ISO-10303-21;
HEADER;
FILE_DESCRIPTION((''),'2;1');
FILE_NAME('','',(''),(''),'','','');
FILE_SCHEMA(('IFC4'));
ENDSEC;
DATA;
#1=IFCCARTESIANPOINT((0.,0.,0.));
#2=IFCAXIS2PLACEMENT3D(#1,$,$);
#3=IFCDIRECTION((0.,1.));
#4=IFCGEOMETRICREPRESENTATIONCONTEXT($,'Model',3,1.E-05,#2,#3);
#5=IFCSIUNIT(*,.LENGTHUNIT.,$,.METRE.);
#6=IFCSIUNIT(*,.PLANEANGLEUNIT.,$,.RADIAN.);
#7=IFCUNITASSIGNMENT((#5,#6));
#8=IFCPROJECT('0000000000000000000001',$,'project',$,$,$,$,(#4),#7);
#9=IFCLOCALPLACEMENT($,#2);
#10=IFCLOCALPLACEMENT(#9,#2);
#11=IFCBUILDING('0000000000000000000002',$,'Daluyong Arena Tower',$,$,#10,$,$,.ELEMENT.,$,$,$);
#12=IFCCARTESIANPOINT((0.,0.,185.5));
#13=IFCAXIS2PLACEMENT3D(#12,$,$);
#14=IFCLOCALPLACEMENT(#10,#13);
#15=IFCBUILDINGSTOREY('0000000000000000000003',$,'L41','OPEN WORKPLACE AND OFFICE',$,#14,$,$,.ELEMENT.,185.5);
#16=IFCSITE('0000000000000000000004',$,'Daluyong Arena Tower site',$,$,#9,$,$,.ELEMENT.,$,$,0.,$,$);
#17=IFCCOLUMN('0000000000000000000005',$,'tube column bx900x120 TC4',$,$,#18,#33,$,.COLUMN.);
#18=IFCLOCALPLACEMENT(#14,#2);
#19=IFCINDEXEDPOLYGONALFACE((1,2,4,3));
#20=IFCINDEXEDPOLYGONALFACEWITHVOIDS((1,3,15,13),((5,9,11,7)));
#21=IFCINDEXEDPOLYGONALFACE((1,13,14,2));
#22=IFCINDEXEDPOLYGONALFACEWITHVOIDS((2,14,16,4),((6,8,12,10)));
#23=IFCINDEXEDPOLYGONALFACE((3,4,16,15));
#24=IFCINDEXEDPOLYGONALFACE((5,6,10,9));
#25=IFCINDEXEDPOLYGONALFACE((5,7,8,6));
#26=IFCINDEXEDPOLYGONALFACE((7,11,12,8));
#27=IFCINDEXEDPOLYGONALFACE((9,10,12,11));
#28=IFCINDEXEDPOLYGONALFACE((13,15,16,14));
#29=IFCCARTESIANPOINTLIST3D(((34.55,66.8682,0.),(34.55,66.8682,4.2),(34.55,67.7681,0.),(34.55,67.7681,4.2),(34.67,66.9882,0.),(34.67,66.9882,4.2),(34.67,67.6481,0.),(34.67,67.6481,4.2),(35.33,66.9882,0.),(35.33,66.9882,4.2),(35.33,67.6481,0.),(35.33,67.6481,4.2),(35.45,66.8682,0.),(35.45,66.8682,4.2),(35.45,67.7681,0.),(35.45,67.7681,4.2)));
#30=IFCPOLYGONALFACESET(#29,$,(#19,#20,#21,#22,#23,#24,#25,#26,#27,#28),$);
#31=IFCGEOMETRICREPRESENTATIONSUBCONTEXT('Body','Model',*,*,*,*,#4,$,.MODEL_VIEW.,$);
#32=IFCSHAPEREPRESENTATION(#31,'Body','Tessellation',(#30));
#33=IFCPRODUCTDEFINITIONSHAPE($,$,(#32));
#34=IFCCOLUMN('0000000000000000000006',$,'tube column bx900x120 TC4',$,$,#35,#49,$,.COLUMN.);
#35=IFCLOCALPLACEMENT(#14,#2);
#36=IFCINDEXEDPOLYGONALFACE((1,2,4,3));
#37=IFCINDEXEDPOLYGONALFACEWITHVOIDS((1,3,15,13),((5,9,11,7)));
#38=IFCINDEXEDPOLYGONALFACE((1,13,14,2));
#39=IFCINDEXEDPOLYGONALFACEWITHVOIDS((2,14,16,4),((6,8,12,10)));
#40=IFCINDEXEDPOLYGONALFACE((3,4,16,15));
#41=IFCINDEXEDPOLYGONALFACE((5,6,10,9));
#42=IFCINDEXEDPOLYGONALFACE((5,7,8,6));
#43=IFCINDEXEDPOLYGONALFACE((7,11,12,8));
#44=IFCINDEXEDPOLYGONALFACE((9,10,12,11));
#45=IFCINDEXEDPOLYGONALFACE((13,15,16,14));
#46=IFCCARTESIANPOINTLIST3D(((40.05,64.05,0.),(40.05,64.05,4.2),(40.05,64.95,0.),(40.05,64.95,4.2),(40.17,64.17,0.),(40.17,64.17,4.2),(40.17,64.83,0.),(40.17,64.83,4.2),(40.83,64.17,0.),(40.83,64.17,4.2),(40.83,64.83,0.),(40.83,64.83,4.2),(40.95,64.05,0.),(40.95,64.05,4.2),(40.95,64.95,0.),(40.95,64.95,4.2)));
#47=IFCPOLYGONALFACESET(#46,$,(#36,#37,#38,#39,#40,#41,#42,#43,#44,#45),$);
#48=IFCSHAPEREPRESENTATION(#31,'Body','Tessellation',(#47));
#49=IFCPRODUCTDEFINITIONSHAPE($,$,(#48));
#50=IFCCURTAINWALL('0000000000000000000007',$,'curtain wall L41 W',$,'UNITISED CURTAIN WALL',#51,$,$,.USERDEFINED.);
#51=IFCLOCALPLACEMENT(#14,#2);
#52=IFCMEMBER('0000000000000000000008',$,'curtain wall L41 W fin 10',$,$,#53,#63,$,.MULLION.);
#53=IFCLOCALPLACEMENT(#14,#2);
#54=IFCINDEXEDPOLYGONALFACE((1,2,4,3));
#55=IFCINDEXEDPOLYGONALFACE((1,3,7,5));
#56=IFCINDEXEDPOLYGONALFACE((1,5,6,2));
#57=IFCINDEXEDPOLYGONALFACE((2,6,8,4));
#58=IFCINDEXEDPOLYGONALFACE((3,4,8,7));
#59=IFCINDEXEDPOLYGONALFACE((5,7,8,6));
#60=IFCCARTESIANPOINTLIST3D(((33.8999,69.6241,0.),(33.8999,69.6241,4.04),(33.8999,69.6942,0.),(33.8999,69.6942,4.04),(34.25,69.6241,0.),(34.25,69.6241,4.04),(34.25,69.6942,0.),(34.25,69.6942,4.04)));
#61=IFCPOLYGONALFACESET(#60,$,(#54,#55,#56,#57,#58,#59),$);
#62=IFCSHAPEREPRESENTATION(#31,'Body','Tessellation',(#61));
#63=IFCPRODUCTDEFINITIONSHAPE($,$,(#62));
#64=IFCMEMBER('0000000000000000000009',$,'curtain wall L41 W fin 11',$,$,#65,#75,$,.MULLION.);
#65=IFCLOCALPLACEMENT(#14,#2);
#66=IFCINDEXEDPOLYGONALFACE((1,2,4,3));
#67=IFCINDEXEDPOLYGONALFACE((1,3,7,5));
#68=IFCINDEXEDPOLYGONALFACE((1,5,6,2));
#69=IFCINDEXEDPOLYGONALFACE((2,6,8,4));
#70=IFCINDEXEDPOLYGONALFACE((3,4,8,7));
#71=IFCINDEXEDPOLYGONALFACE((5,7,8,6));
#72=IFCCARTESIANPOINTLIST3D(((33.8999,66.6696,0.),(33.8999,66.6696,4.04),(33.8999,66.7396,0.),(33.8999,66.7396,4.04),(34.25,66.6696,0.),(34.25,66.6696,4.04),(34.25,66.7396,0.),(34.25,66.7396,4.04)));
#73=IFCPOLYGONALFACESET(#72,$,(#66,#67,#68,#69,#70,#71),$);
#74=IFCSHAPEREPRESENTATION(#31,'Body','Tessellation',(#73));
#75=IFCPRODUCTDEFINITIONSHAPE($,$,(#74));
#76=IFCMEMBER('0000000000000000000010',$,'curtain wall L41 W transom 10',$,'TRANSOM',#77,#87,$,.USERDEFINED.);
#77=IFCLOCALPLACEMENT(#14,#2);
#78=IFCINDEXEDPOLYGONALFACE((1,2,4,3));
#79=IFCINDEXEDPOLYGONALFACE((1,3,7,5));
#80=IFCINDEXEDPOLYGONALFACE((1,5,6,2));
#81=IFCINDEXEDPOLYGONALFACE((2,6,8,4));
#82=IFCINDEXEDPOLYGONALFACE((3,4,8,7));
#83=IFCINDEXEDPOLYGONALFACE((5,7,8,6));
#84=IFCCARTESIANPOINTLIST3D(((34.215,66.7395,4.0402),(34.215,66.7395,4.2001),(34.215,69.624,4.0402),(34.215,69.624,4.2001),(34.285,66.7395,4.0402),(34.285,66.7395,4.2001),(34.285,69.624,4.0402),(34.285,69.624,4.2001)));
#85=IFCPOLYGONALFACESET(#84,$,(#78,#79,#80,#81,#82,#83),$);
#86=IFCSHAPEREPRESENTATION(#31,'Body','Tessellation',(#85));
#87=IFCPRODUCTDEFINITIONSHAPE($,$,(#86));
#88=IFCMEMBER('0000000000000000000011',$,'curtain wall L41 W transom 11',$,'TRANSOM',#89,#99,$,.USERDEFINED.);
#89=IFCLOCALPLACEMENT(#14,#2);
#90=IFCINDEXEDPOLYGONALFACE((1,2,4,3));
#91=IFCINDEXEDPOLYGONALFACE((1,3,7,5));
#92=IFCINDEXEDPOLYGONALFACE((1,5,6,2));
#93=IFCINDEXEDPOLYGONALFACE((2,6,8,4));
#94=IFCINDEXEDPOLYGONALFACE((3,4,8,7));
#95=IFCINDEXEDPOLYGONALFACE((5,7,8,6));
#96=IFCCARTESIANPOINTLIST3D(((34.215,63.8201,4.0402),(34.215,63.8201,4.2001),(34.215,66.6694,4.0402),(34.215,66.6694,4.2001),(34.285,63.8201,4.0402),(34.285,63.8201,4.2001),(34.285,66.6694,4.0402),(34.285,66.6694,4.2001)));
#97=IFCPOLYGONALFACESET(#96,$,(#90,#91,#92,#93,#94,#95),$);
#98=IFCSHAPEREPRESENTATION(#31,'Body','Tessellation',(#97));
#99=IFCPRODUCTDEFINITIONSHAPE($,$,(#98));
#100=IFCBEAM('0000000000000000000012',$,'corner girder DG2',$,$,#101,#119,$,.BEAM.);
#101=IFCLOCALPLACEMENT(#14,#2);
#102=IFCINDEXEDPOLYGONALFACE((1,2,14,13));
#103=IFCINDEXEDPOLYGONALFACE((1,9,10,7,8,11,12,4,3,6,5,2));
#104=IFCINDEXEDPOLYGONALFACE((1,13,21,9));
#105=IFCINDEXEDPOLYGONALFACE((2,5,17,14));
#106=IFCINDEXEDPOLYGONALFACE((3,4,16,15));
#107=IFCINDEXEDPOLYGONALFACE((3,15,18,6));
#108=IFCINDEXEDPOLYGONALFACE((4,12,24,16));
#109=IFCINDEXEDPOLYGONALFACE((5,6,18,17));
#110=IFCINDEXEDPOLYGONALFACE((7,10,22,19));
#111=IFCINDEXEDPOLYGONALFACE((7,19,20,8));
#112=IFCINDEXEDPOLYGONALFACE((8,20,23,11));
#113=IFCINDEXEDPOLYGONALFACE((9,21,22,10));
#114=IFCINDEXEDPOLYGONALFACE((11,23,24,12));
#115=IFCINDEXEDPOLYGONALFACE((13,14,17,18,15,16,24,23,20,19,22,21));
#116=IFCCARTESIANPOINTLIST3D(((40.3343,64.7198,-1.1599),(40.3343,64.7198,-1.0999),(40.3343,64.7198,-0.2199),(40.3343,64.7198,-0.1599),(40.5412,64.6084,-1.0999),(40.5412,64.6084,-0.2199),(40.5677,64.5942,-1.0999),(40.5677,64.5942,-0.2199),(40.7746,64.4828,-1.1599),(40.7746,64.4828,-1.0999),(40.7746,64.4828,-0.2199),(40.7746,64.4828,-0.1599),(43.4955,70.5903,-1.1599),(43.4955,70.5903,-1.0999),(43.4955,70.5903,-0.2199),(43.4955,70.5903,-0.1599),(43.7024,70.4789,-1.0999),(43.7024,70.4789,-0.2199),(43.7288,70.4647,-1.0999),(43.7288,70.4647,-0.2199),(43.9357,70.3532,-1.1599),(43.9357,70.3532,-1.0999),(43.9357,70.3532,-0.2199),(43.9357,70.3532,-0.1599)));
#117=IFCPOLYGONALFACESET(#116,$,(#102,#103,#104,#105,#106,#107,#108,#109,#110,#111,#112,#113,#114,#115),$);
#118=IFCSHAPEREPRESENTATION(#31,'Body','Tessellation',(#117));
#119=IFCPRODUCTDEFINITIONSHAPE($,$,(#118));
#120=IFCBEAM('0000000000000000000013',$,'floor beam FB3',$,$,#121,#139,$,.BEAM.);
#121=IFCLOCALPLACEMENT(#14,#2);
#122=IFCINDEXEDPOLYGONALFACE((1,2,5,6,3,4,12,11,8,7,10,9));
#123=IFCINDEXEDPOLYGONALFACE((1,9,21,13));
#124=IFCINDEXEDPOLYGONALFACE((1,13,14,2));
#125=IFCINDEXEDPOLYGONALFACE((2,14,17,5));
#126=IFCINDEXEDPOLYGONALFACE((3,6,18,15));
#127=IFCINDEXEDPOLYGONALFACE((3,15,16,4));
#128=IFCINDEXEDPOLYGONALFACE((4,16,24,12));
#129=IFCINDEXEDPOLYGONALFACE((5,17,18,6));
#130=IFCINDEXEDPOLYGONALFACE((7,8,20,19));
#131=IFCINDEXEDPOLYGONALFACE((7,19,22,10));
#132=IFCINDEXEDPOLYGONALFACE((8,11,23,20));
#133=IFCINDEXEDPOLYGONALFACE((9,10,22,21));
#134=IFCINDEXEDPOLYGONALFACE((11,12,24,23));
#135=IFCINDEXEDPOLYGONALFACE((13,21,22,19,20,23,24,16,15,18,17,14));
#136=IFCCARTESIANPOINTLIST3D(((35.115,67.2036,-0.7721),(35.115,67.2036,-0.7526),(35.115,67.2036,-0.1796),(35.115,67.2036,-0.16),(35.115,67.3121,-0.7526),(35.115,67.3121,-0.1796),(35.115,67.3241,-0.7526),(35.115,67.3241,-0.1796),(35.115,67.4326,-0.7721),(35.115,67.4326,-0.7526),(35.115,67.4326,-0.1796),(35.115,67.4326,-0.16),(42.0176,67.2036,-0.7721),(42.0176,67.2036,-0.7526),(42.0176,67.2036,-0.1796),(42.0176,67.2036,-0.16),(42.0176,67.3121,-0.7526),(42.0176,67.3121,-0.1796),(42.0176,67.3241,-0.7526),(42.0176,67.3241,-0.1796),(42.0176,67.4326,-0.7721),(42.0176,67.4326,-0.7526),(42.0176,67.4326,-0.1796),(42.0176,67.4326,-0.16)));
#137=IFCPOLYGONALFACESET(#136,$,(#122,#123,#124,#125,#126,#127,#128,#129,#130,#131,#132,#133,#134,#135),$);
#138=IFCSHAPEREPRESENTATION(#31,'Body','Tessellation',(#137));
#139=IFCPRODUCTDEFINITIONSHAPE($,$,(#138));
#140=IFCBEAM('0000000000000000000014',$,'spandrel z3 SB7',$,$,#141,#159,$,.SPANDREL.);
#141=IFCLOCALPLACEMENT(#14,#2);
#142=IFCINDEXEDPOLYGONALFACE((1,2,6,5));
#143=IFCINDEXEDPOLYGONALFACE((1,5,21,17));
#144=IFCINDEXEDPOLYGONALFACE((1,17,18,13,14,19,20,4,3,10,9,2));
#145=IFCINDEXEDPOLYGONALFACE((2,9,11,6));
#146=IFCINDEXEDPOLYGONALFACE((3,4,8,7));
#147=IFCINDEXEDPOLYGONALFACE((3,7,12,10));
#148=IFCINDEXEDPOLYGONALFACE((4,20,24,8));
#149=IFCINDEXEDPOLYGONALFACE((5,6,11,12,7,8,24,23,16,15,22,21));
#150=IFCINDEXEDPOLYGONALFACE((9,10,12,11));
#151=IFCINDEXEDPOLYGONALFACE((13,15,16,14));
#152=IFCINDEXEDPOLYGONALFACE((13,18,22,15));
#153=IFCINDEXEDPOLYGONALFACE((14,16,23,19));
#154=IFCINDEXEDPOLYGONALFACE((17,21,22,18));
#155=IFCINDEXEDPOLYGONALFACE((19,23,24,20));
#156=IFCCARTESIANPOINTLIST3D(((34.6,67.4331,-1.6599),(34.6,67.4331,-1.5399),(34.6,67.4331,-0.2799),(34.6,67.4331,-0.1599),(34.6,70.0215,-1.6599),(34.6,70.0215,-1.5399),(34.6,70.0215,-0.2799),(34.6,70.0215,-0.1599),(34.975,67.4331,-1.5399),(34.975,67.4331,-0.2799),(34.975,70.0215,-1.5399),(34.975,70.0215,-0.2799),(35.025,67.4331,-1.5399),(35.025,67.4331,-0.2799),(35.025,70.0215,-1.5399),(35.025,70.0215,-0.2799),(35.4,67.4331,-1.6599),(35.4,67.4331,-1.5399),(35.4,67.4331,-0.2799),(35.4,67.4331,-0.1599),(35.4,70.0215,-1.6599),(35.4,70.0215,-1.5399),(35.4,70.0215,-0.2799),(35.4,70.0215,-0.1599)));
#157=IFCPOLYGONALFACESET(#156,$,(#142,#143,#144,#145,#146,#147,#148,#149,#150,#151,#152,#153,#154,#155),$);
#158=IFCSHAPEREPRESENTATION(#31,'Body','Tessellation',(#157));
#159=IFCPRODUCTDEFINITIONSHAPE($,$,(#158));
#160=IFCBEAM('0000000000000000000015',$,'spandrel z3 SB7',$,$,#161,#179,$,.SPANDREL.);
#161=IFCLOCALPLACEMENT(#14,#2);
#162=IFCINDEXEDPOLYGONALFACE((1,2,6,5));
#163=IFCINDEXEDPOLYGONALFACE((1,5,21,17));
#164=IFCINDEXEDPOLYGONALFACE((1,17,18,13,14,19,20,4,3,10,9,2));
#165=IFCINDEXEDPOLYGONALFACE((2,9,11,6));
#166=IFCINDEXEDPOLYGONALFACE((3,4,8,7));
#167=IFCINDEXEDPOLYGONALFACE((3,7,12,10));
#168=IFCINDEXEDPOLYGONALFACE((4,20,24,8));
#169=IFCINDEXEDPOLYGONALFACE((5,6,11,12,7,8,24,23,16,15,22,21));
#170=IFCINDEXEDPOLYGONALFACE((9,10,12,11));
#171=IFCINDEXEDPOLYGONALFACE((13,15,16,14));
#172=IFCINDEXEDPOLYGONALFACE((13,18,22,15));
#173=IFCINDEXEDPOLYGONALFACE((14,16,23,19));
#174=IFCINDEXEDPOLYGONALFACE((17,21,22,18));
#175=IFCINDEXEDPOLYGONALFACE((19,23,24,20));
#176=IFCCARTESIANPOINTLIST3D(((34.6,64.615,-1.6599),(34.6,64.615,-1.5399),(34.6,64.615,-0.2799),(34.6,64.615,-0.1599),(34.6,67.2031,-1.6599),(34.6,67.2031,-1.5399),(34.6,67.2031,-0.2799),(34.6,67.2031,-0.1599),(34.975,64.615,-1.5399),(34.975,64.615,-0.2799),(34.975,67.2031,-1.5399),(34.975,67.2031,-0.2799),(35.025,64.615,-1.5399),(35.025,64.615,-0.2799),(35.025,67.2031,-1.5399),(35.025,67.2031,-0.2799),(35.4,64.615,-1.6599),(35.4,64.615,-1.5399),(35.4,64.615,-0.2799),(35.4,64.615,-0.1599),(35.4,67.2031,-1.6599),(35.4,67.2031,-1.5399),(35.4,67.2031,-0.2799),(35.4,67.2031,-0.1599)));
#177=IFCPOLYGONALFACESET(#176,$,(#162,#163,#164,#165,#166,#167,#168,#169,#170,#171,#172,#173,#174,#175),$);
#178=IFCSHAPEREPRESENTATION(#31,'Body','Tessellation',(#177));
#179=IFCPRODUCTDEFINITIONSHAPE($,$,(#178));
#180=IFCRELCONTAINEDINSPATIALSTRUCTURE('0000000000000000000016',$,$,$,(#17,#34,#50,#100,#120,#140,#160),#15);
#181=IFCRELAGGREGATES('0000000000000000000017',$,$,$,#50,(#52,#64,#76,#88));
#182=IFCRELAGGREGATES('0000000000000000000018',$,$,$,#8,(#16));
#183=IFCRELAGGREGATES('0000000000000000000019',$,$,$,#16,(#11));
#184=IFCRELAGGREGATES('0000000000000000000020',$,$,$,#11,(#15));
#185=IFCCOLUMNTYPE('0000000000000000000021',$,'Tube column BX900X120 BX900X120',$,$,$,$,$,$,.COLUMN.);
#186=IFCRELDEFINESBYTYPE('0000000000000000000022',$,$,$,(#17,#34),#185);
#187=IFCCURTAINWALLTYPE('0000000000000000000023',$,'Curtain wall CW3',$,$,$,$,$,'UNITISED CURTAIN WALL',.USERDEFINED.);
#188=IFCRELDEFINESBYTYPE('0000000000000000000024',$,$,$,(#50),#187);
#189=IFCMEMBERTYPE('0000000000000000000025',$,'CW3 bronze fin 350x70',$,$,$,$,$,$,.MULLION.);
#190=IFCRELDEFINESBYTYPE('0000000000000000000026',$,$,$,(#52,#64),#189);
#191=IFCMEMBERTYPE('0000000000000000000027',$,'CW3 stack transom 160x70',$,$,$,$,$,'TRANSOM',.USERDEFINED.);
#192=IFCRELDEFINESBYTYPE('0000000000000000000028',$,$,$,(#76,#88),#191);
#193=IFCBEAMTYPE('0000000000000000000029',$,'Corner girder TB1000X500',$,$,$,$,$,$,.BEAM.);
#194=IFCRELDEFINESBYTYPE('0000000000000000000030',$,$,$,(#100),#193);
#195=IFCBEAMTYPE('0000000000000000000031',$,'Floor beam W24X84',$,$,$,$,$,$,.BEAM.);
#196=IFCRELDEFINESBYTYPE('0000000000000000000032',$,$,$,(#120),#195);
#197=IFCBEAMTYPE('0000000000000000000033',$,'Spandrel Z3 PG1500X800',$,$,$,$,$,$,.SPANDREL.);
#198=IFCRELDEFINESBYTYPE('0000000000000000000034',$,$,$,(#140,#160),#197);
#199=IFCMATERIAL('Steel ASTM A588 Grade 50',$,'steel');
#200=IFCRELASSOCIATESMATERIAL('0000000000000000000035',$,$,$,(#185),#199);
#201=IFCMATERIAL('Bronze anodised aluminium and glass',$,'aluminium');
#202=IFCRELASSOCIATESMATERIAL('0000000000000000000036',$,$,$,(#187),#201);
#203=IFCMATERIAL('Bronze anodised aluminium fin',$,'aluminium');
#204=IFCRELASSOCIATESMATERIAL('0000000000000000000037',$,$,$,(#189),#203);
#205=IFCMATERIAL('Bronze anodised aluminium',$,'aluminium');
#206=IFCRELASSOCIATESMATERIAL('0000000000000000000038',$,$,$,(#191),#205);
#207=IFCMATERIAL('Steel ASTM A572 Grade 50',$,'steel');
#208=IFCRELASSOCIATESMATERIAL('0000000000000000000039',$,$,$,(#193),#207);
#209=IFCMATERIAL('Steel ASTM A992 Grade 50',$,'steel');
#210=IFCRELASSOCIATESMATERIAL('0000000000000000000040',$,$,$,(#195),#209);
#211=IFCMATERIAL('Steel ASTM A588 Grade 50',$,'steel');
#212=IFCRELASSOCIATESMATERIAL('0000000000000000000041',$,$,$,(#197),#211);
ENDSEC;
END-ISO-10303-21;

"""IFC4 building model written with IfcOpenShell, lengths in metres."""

from ifc_helpers import new_model, si_unit, direction, frame, origin, origin_2d, place, context, subcontext, project, spatial, rectangle, hollow_rectangle, i_section, extrude, material, material_profile, profile_set, type_object, element, aggregate, save


model = new_model("IFC4")

# Units and contexts
model_context = context("Model", 3, precision=1e-05, world=origin(), true_north=direction((0.0, 1.0)))
body_context = subcontext(model_context, "Body", "Model", "MODEL_VIEW")
ifc_project = project(units=[si_unit("LENGTHUNIT", "METRE"), si_unit("PLANEANGLEUNIT", "RADIAN")], contexts=[model_context])

# Site, building, storey
site_placement = place(None, origin())
site = spatial("IfcSite", under=ifc_project, at=site_placement, Name="Daluyong Arena Tower site", CompositionType="ELEMENT", RefElevation=0.0)
building_placement = place(site_placement, origin())
building = spatial("IfcBuilding", under=site, at=building_placement, Name="Daluyong Arena Tower", CompositionType="ELEMENT")
storey_placement = place(building_placement, frame((0.0, 0.0, 185.5)))
storey = spatial("IfcBuildingStorey", under=building, at=storey_placement, Name="L41", Description="OPEN WORKPLACE AND OFFICE", CompositionType="ELEMENT", Elevation=185.5)

# Columns
ifc_material_1 = material(Name="Steel ASTM A588 Grade 50", Category="steel")
ifc_material_profile_1 = material_profile(ifc_material_1, hollow_rectangle(XDim=0.8999, YDim=0.8999, WallThickness=0.12, at=origin_2d()))
ifc_profile_set_1 = profile_set([ifc_material_profile_1], Name="Steel ASTM A588 Grade 50")
column_type = type_object("IfcColumnType", Name="Tube column BX900X120 BX900X120", PredefinedType="COLUMN", material=ifc_profile_set_1)
for number, where, z_axis, x_axis, name in (
    (1, (35.0, 67.3181, 0.0), (0.0, 0.0, 1.0), (0.0, 1.0, 0.0), "tube column bx900x120 TC4"),
    (2, (40.5, 64.5, 0.0), (0.0, 0.0, 1.0), (0.0, 1.0, 0.0), "tube column bx900x120 TC4"),
):
    element("IfcColumn", number, at=place(storey_placement, frame(where, z_axis=z_axis, x_axis=x_axis)), inside=storey, type_object=column_type, Name=name, PredefinedType="COLUMN", context=body_context, shape_type="SweptSolid", body=[
        extrude(hollow_rectangle(XDim=0.8999, YDim=0.8999, WallThickness=0.12, at=origin_2d()), origin(), (0.0, 0.0, 1.0), 4.2),
    ])

# Curtain wall, members
ifc_material_2 = material(Name="Bronze anodised aluminium and glass", Category="aluminium")
curtain_wall_type = type_object("IfcCurtainWallType", Name="Curtain wall CW3", ElementType="UNITISED CURTAIN WALL", PredefinedType="USERDEFINED", material=ifc_material_2)
curtain_wall_placement = place(storey_placement, origin())
curtain_wall = element("IfcCurtainWall", 3, at=curtain_wall_placement, inside=storey, type_object=curtain_wall_type, Name="curtain wall L41 W", ObjectType="UNITISED CURTAIN WALL", PredefinedType="USERDEFINED")
ifc_material_3 = material(Name="Bronze anodised aluminium fin", Category="aluminium")
ifc_material_profile_2 = material_profile(ifc_material_3, rectangle(XDim=0.3501, YDim=0.0701, at=origin_2d()))
ifc_profile_set_2 = profile_set([ifc_material_profile_2], Name="Bronze anodised aluminium fin")
member_type_1 = type_object("IfcMemberType", Name="CW3 bronze fin 350x70", PredefinedType="MULLION", material=ifc_profile_set_2)
member_1_placement = place(storey_placement, frame((34.075, 69.6592, 0.0), z_axis=(0.0, 0.0, 1.0), x_axis=(1.0, 0.0, 0.0)))
member_1 = element("IfcMember", 4, at=member_1_placement, type_object=member_type_1, Name="curtain wall L41 W fin 10", PredefinedType="MULLION", context=body_context, shape_type="SweptSolid", body=[
    extrude(rectangle(XDim=0.3501, YDim=0.0701, at=origin_2d()), origin(), (0.0, 0.0, 1.0), 4.04),
])
member_2_placement = place(storey_placement, frame((34.075, 66.7046, 0.0), z_axis=(0.0, 0.0, 1.0), x_axis=(1.0, 0.0, 0.0)))
member_2 = element("IfcMember", 5, at=member_2_placement, type_object=member_type_1, Name="curtain wall L41 W fin 11", PredefinedType="MULLION", context=body_context, shape_type="SweptSolid", body=[
    extrude(rectangle(XDim=0.3501, YDim=0.0701, at=origin_2d()), origin(), (0.0, 0.0, 1.0), 4.04),
])
ifc_material_4 = material(Name="Bronze anodised aluminium", Category="aluminium")
ifc_material_profile_3 = material_profile(ifc_material_4, rectangle(XDim=0.0701, YDim=0.1599, at=origin_2d()))
ifc_profile_set_3 = profile_set([ifc_material_profile_3], Name="Bronze anodised aluminium")
member_type_2 = type_object("IfcMemberType", Name="CW3 stack transom 160x70", ElementType="TRANSOM", PredefinedType="USERDEFINED", material=ifc_profile_set_3)
member_3_placement = place(storey_placement, frame((34.25, 69.624, 4.1201), z_axis=(0.0, -1.0, 0.0), x_axis=(1.0, 0.0, 0.0)))
member_3 = element("IfcMember", 6, at=member_3_placement, type_object=member_type_2, Name="curtain wall L41 W transom 10", ObjectType="TRANSOM", PredefinedType="USERDEFINED", context=body_context, shape_type="SweptSolid", body=[
    extrude(rectangle(XDim=0.0701, YDim=0.1599, at=origin_2d()), origin(), (0.0, 0.0, 1.0), 2.8845),
])
member_4_placement = place(storey_placement, frame((34.25, 66.6694, 4.1201), z_axis=(0.0, -1.0, 0.0), x_axis=(1.0, 0.0, 0.0)))
member_4 = element("IfcMember", 7, at=member_4_placement, type_object=member_type_2, Name="curtain wall L41 W transom 11", ObjectType="TRANSOM", PredefinedType="USERDEFINED", context=body_context, shape_type="SweptSolid", body=[
    extrude(rectangle(XDim=0.0701, YDim=0.1599, at=origin_2d()), origin(), (0.0, 0.0, 1.0), 2.8494),
])

# Beams
ifc_material_5 = material(Name="Steel ASTM A572 Grade 50", Category="steel")
ifc_material_profile_4 = material_profile(ifc_material_5, i_section(OverallWidth=0.5, OverallDepth=1.0, WebThickness=0.03, FlangeThickness=0.06, at=origin_2d()))
ifc_profile_set_4 = profile_set([ifc_material_profile_4], Name="Steel ASTM A572 Grade 50")
beam_type_1 = type_object("IfcBeamType", Name="Corner girder TB1000X500", PredefinedType="BEAM", material=ifc_profile_set_4)
beam_1_placement = place(storey_placement, frame((40.5544, 64.6013, -0.6599), z_axis=(0.474119, 0.880461, 0.0), x_axis=(-0.880461, 0.474119, 0.0)))
element("IfcBeam", 8, at=beam_1_placement, inside=storey, type_object=beam_type_1, Name="corner girder DG2", PredefinedType="BEAM", context=body_context, shape_type="SweptSolid", body=[
    extrude(i_section(OverallWidth=0.5, OverallDepth=1.0, WebThickness=0.03, FlangeThickness=0.06, at=origin_2d()), origin(), (0.0, 0.0, 1.0), 6.6675),
])
ifc_material_6 = material(Name="Steel ASTM A992 Grade 50", Category="steel")
ifc_material_profile_5 = material_profile(ifc_material_6, i_section(OverallWidth=0.229, OverallDepth=0.6121, WebThickness=0.012, FlangeThickness=0.0195, at=origin_2d()))
ifc_profile_set_5 = profile_set([ifc_material_profile_5], Name="Steel ASTM A992 Grade 50")
beam_type_2 = type_object("IfcBeamType", Name="Floor beam W24X84", PredefinedType="BEAM", material=ifc_profile_set_5)
beam_2_placement = place(storey_placement, frame((35.115, 67.3181, -0.4661), z_axis=(1.0, 0.0, 0.0), x_axis=(0.0, 1.0, 0.0)))
element("IfcBeam", 9, at=beam_2_placement, inside=storey, type_object=beam_type_2, Name="floor beam FB3", PredefinedType="BEAM", context=body_context, shape_type="SweptSolid", body=[
    extrude(i_section(OverallWidth=0.229, OverallDepth=0.6121, WebThickness=0.012, FlangeThickness=0.0195, at=origin_2d()), origin(), (0.0, 0.0, 1.0), 6.9026),
])
ifc_material_7 = material(Name="Steel ASTM A588 Grade 50", Category="steel")
ifc_material_profile_6 = material_profile(ifc_material_7, i_section(OverallWidth=0.8, OverallDepth=1.5, WebThickness=0.05, FlangeThickness=0.12, at=origin_2d()))
ifc_profile_set_6 = profile_set([ifc_material_profile_6], Name="Steel ASTM A588 Grade 50")
beam_type_3 = type_object("IfcBeamType", Name="Spandrel Z3 PG1500X800", PredefinedType="SPANDREL", material=ifc_profile_set_6)
beam_3_placement = place(storey_placement, frame((35.0, 70.0215, -0.9099), z_axis=(0.0, -1.0, 0.0), x_axis=(1.0, 0.0, 0.0)))
element("IfcBeam", 10, at=beam_3_placement, inside=storey, type_object=beam_type_3, Name="spandrel z3 SB7", PredefinedType="SPANDREL", context=body_context, shape_type="SweptSolid", body=[
    extrude(i_section(OverallWidth=0.8, OverallDepth=1.5, WebThickness=0.05, FlangeThickness=0.12, at=origin_2d()), origin(), (0.0, 0.0, 1.0), 2.5884),
])
beam_4_placement = place(storey_placement, frame((35.0, 67.2031, -0.9099), z_axis=(0.0, -1.0, 0.0), x_axis=(1.0, 0.0, 0.0)))
element("IfcBeam", 11, at=beam_4_placement, inside=storey, type_object=beam_type_3, Name="spandrel z3 SB7", PredefinedType="SPANDREL", context=body_context, shape_type="SweptSolid", body=[
    extrude(i_section(OverallWidth=0.8, OverallDepth=1.5, WebThickness=0.05, FlangeThickness=0.12, at=origin_2d()), origin(), (0.0, 0.0, 1.0), 2.5881),
])

aggregate(curtain_wall, [member_1, member_2, member_3, member_4])

save(model, "model.ifc")
